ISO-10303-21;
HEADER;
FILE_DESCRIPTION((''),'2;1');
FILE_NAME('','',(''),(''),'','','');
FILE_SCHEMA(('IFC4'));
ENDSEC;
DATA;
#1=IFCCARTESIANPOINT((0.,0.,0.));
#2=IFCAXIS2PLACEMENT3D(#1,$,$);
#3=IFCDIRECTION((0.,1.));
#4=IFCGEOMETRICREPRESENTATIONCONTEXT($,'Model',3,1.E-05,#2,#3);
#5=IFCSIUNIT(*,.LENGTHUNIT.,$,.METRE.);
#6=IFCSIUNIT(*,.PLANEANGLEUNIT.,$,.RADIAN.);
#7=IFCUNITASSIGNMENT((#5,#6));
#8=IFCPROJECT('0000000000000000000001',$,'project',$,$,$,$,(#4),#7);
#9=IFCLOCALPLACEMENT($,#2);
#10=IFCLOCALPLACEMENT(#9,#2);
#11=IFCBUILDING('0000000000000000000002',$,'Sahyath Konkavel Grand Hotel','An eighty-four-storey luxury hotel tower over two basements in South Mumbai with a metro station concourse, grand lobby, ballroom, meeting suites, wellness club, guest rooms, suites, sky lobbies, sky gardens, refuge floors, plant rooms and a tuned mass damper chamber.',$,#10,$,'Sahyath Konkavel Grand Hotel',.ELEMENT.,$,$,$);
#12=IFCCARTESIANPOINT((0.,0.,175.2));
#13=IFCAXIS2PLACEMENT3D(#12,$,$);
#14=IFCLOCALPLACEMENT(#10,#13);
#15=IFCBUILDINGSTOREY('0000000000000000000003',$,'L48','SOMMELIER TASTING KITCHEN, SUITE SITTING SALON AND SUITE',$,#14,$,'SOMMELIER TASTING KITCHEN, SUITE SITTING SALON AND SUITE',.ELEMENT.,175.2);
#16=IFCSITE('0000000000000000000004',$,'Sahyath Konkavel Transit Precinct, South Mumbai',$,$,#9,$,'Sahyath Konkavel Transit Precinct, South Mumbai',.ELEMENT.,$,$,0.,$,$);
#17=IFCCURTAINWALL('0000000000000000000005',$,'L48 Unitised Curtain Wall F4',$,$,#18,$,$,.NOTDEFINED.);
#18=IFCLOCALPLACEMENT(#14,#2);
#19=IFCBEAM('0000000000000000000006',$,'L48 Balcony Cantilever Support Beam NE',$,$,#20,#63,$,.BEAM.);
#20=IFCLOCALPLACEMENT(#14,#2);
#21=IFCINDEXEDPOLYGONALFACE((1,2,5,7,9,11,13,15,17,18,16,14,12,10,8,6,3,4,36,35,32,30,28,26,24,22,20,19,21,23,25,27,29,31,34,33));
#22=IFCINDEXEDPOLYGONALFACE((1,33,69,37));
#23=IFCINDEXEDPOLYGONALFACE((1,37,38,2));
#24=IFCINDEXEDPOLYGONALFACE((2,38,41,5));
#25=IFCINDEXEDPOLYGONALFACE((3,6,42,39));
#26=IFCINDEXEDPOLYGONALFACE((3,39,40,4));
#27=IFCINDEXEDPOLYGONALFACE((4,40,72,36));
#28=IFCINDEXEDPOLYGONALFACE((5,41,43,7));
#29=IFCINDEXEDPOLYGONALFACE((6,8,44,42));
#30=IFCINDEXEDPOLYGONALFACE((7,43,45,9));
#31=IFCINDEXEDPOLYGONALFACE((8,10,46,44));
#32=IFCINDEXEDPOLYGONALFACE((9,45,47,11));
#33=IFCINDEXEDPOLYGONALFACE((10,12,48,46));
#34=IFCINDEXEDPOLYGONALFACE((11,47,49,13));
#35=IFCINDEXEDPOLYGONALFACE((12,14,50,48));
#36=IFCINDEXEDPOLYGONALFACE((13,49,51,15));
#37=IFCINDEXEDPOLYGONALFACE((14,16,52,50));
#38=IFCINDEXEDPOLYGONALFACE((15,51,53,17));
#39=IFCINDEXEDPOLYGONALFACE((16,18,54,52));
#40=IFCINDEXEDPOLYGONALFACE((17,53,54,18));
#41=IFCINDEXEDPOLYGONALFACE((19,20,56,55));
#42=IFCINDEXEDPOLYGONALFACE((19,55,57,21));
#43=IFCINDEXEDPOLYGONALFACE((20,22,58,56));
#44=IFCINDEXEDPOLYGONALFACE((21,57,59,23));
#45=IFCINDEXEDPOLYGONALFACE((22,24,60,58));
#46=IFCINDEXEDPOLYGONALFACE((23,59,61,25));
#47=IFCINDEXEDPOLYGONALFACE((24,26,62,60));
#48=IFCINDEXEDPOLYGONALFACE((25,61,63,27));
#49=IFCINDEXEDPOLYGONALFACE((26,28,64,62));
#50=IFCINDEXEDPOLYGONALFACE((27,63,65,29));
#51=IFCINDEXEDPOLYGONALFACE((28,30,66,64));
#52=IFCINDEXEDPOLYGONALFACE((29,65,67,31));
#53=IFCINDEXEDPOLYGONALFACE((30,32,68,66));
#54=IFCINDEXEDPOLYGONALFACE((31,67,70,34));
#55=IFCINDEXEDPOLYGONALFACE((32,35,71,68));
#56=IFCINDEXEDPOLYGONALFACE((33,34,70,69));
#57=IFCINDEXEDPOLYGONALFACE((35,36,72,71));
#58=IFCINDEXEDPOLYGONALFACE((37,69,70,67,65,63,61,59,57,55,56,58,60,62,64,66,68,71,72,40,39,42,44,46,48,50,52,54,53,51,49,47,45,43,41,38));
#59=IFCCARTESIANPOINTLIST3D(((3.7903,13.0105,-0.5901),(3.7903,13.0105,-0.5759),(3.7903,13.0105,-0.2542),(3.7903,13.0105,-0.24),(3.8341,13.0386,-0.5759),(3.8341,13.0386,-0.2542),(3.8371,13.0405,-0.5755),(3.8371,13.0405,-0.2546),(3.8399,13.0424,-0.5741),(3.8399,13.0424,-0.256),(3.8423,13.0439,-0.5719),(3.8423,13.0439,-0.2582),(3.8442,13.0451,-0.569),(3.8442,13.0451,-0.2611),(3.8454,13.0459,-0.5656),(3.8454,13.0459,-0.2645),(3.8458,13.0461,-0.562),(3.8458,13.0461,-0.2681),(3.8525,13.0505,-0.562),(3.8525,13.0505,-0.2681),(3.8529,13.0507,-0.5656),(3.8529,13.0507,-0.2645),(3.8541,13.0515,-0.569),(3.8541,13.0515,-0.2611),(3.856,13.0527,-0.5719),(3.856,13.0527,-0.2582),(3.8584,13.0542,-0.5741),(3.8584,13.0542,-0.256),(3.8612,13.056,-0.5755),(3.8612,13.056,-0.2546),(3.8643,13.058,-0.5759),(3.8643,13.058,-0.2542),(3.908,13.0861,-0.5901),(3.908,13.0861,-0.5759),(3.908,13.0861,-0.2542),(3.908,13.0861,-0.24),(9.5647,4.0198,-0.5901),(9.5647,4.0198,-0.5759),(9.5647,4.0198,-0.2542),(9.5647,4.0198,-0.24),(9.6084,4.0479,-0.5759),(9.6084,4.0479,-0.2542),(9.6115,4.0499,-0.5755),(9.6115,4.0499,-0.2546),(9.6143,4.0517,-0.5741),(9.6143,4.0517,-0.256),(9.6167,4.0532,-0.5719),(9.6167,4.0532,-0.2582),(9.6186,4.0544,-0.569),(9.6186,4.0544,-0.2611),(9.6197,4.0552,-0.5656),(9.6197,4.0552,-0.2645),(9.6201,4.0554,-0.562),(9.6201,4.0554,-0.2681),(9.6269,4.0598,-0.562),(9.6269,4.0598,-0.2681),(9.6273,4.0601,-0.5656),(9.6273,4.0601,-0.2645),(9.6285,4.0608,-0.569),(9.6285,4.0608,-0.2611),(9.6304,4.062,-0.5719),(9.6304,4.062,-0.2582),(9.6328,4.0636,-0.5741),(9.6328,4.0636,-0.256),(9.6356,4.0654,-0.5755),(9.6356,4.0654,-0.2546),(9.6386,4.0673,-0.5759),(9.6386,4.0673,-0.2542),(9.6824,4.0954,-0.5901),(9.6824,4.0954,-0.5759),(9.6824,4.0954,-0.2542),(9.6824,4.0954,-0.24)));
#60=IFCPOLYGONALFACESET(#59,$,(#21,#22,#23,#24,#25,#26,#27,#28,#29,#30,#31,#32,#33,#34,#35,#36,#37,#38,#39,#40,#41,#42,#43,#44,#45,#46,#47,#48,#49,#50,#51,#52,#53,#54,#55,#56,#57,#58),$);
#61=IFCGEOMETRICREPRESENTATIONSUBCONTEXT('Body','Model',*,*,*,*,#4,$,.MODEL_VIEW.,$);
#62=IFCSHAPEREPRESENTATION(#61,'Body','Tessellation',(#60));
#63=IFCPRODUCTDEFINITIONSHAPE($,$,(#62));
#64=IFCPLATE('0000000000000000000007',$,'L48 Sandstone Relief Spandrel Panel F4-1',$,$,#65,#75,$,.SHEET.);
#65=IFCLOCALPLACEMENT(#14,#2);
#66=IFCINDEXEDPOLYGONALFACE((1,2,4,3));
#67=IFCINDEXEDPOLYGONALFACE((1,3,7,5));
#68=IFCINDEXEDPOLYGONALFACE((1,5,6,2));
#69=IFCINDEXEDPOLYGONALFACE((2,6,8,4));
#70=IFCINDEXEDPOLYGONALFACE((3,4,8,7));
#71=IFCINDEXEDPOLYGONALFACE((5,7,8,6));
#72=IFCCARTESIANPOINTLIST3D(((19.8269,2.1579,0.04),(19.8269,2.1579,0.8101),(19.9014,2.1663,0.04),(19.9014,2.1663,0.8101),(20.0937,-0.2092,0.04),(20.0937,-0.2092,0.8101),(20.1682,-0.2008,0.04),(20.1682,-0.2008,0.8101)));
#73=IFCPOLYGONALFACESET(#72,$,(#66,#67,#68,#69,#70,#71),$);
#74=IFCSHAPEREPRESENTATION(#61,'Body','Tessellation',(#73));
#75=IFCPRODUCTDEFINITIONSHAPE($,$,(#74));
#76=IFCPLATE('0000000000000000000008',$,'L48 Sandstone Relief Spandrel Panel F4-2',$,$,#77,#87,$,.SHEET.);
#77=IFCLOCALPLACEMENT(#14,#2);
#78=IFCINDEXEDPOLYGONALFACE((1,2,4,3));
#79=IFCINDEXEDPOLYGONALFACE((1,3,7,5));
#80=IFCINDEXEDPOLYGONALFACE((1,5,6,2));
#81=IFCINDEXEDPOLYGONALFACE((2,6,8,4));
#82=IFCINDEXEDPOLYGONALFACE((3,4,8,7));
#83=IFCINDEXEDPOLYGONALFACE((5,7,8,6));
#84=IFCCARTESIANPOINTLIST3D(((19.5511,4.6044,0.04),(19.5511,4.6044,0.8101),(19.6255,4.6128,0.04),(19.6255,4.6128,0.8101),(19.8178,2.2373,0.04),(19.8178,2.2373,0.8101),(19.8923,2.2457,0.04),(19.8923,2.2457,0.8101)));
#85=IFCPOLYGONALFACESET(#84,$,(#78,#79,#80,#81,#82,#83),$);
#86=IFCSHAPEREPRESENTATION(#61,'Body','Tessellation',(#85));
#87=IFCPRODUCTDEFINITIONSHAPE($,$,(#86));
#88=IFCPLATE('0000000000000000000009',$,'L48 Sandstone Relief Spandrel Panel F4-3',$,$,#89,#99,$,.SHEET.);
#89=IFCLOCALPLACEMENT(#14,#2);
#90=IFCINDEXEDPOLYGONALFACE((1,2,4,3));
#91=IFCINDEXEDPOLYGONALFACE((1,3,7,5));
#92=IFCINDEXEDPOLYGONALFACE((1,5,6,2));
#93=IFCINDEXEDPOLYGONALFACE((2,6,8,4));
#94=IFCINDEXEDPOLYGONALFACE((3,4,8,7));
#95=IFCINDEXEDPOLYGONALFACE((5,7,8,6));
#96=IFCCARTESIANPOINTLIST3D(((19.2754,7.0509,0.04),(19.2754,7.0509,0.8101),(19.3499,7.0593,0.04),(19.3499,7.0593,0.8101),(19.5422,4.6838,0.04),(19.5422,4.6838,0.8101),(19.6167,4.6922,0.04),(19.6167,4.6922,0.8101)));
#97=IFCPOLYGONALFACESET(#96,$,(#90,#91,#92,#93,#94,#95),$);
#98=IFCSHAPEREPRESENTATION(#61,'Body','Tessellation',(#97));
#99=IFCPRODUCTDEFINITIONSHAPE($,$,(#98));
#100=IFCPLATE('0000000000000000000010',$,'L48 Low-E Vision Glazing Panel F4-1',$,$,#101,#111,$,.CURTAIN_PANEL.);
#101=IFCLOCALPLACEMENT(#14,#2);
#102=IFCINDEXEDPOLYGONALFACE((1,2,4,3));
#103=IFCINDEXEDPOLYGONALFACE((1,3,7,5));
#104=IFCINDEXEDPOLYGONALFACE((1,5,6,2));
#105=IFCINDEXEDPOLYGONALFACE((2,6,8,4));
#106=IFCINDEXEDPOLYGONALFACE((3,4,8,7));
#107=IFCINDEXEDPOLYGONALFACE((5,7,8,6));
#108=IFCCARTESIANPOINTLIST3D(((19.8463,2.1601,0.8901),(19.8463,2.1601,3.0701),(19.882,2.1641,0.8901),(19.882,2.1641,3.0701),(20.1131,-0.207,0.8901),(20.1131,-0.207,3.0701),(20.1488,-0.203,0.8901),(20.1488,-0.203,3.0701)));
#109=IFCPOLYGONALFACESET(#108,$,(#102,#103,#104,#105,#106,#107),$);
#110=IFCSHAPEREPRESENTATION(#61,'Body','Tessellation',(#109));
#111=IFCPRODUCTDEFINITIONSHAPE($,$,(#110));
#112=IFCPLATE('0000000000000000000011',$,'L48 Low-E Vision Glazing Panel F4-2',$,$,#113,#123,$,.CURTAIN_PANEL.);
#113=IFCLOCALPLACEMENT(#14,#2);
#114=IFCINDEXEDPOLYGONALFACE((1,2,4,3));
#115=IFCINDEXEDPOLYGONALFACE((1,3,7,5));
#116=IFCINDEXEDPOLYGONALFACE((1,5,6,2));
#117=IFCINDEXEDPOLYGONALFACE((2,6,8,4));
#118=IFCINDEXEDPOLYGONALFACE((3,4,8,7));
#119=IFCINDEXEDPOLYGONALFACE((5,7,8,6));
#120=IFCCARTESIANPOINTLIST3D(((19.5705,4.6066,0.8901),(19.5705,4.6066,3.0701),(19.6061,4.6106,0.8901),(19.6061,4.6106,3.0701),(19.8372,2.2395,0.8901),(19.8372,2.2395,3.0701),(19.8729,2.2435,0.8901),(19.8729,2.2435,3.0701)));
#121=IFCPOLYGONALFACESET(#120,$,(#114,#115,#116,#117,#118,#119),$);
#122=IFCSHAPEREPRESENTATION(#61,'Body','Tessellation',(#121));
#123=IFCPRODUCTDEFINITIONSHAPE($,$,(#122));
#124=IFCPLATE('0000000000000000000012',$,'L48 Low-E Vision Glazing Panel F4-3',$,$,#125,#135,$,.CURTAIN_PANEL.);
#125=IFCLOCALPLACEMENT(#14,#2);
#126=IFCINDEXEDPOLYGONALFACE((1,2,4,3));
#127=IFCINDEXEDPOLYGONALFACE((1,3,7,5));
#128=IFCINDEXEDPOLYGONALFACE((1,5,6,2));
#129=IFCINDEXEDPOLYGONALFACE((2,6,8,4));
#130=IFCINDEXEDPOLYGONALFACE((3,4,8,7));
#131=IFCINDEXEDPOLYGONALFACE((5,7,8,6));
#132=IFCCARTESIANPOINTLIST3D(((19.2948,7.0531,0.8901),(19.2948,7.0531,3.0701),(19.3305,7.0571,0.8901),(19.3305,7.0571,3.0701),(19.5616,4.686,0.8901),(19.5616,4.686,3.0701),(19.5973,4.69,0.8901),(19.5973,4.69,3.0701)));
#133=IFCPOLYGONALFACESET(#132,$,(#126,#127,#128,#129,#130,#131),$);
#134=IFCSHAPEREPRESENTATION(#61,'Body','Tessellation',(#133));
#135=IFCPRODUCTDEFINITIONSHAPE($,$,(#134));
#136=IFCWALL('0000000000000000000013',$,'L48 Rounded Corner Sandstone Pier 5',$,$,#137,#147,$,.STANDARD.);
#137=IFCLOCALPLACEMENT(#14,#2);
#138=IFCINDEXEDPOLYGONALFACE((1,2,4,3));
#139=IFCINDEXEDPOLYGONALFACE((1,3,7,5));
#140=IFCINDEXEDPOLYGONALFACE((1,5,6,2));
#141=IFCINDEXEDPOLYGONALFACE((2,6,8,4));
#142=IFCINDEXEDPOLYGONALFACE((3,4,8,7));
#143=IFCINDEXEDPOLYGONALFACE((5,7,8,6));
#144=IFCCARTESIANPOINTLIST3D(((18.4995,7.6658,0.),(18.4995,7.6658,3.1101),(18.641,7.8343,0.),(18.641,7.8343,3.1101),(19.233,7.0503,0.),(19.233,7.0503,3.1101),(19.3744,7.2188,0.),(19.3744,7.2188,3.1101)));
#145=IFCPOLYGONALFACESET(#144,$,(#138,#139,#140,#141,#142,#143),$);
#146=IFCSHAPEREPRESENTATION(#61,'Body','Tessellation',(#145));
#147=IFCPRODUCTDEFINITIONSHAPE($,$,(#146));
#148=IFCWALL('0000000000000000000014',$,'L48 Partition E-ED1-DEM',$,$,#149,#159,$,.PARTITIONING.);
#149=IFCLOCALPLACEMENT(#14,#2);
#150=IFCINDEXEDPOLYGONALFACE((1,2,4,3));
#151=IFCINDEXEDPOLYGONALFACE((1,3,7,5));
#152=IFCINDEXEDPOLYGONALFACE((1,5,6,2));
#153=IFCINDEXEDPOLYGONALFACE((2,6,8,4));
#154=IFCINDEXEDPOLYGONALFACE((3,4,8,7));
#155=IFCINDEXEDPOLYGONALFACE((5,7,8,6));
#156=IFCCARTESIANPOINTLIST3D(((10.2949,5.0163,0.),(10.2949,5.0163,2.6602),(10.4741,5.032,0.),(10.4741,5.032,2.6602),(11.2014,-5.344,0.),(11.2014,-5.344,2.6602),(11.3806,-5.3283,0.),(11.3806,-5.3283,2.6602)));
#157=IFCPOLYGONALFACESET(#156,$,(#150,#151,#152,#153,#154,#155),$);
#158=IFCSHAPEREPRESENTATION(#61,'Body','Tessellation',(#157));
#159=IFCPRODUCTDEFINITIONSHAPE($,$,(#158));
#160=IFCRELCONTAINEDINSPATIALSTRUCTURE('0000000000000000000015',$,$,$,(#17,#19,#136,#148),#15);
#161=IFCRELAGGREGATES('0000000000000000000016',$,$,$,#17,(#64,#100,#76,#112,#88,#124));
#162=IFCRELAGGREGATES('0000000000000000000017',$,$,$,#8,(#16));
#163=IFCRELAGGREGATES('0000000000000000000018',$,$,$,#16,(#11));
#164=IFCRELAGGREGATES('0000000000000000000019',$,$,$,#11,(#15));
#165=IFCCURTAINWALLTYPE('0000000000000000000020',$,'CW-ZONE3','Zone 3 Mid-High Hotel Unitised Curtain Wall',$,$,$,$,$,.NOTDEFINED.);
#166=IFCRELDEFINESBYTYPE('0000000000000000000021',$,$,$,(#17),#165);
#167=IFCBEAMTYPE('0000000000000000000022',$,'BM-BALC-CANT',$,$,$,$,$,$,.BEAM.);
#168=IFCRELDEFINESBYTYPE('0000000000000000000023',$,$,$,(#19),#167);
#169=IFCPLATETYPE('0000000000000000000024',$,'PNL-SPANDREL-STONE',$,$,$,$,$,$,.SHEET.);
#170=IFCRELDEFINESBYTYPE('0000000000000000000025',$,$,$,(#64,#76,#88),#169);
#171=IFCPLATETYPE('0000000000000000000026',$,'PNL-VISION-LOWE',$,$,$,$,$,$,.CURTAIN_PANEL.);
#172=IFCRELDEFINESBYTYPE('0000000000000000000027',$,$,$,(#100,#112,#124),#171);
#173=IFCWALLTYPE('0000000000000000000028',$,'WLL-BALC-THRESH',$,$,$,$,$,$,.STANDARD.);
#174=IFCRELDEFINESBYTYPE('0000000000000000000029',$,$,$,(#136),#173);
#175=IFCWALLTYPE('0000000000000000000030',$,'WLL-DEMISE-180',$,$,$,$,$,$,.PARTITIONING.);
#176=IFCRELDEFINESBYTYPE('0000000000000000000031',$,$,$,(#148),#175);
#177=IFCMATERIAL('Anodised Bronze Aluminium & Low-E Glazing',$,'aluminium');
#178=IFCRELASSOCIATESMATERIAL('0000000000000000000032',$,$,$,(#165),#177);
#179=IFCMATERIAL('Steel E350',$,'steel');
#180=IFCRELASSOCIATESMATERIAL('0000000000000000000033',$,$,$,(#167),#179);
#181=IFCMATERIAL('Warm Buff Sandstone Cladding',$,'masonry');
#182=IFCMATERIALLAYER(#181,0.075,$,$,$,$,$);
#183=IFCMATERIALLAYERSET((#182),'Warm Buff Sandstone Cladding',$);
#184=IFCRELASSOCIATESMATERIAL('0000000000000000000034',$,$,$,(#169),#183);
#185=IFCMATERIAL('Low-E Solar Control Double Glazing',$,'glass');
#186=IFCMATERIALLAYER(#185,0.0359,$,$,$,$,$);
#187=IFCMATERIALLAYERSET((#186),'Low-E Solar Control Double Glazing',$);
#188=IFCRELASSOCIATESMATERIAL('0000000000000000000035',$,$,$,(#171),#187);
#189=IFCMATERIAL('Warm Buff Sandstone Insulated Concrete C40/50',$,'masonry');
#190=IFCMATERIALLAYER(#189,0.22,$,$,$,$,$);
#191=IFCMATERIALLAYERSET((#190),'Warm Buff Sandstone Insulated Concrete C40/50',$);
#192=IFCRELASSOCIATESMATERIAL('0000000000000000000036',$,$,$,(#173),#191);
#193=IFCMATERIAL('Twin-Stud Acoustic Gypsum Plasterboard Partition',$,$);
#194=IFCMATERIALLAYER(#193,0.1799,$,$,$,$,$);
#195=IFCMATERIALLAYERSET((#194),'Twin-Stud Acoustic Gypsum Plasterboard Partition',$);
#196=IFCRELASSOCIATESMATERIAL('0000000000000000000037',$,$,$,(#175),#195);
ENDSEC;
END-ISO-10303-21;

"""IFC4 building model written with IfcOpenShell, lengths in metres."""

from ifc_helpers import new_model, si_unit, direction, frame, frame_2d, origin, origin_2d, place, context, subcontext, project, spatial, rectangle, i_section, extrude, source, transform, mapped, material, layer, layer_set, material_profile, profile_set, type_object, element, aggregate, save


model = new_model("IFC4")

# Units and contexts
model_context = context("Model", 3, precision=1e-05, world=origin(), true_north=direction((0.0, 1.0)))
body_context = subcontext(model_context, "Body", "Model", "MODEL_VIEW")
ifc_project = project(units=[si_unit("LENGTHUNIT", "METRE"), si_unit("PLANEANGLEUNIT", "RADIAN")], contexts=[model_context])

# Site, building, storey
site_placement = place(None, origin())
site = spatial("IfcSite", under=ifc_project, at=site_placement, Name="Sahyath Konkavel Transit Precinct, South Mumbai", LongName="Sahyath Konkavel Transit Precinct, South Mumbai", CompositionType="ELEMENT", RefElevation=0.0)
building_placement = place(site_placement, origin())
building = spatial("IfcBuilding", under=site, at=building_placement, Name="Sahyath Konkavel Grand Hotel", Description="An eighty-four-storey luxury hotel tower over two basements in South Mumbai with a metro station concourse, grand lobby, ballroom, meeting suites, wellness club, guest rooms, suites, sky lobbies, sky gardens, refuge floors, plant rooms and a tuned mass damper chamber.", LongName="Sahyath Konkavel Grand Hotel", CompositionType="ELEMENT")
storey_placement = place(building_placement, frame((0.0, 0.0, 175.2)))
storey = spatial("IfcBuildingStorey", under=building, at=storey_placement, Name="L48", Description="SOMMELIER TASTING KITCHEN, SUITE SITTING SALON AND SUITE", LongName="SOMMELIER TASTING KITCHEN, SUITE SITTING SALON AND SUITE", CompositionType="ELEMENT", Elevation=175.2)

# Shared definitions
ifc_material_1 = material(Name="Steel E350", Category="steel")

# Curtain wall
ifc_material_2 = material(Name="Anodised Bronze Aluminium & Low-E Glazing", Category="aluminium")
curtain_wall_type = type_object("IfcCurtainWallType", Name="CW-ZONE3", Description="Zone 3 Mid-High Hotel Unitised Curtain Wall", PredefinedType="NOTDEFINED", material=ifc_material_2)
curtain_wall_placement = place(storey_placement, origin())
curtain_wall = element("IfcCurtainWall", 1, at=curtain_wall_placement, inside=storey, type_object=curtain_wall_type, Name="L48 Unitised Curtain Wall F4", PredefinedType="NOTDEFINED")

# Beam
ifc_material_profile_1 = material_profile(ifc_material_1, i_section(OverallWidth=0.1399, OverallDepth=0.3501, WebThickness=0.0081, FlangeThickness=0.0142, FilletRadius=0.0139, at=origin_2d()), Name="ISMB 350")
ifc_profile_set_1 = profile_set([ifc_material_profile_1], Name="Steel E350")
beam_type_1 = type_object("IfcBeamType", Name="BM-BALC-CANT", PredefinedType="BEAM", material=ifc_profile_set_1)
shared_shape_1 = source(origin(), body_context, "Body", "SweptSolid", [
    extrude(i_section(OverallWidth=0.1399, OverallDepth=0.3501, WebThickness=0.0081, FlangeThickness=0.0142, FilletRadius=0.0139, at=origin_2d()), origin(), (0.0, 0.0, 1.0), 10.6853),
])
beam_1_placement = place(storey_placement, frame((9.6235, 4.0576, -0.415), z_axis=(-0.540404, 0.841406, 0.0), x_axis=(-0.841406, -0.540404, 0.0)))
element("IfcBeam", 2, at=beam_1_placement, inside=storey, type_object=beam_type_1, Name="L48 Balcony Cantilever Support Beam NE", PredefinedType="BEAM", context=body_context, shape_type="MappedRepresentation", body=[
    mapped(shared_shape_1, transform((0.0, 0.0, 0.0), scale=1.0)),
])

# Plates
ifc_material_3 = material(Name="Warm Buff Sandstone Cladding", Category="masonry")
ifc_layer_1 = layer(ifc_material_3, 0.075)
ifc_layer_set_1 = layer_set([ifc_layer_1], Name="Warm Buff Sandstone Cladding")
plate_type_1 = type_object("IfcPlateType", Name="PNL-SPANDREL-STONE", PredefinedType="SHEET", material=ifc_layer_set_1)
shared_shape_2 = source(origin(), body_context, "Body", "SweptSolid", [
    extrude(rectangle(XDim=2.3821, YDim=0.075, at=origin_2d()), origin(), (0.0, 0.0, 1.0), 0.77),
])
plate_1_placement = place(storey_placement, frame((19.9976, 0.9785, 0.04), z_axis=(0.0, 0.0, 1.0), x_axis=(-0.111989, 0.993709, 0.0)))
plate_1 = element("IfcPlate", 3, at=plate_1_placement, type_object=plate_type_1, Name="L48 Sandstone Relief Spandrel Panel F4-1", PredefinedType="SHEET", context=body_context, shape_type="MappedRepresentation", body=[
    mapped(shared_shape_2, transform((0.0, 0.0, 0.0), scale=1.0)),
])
plate_2_placement = place(storey_placement, frame((19.7217, 3.425, 0.04), z_axis=(0.0, 0.0, 1.0), x_axis=(-0.111989, 0.993709, 0.0)))
plate_2 = element("IfcPlate", 4, at=plate_2_placement, type_object=plate_type_1, Name="L48 Sandstone Relief Spandrel Panel F4-2", PredefinedType="SHEET", context=body_context, shape_type="MappedRepresentation", body=[
    mapped(shared_shape_2, transform((0.0, 0.0, 0.0), scale=1.0)),
])
plate_3_placement = place(storey_placement, frame((19.446, 5.8716, 0.04), z_axis=(0.0, 0.0, 1.0), x_axis=(-0.111989, 0.993709, 0.0)))
plate_3 = element("IfcPlate", 5, at=plate_3_placement, type_object=plate_type_1, Name="L48 Sandstone Relief Spandrel Panel F4-3", PredefinedType="SHEET", context=body_context, shape_type="MappedRepresentation", body=[
    mapped(shared_shape_2, transform((0.0, 0.0, 0.0), scale=1.0)),
])
ifc_material_4 = material(Name="Low-E Solar Control Double Glazing", Category="glass")
ifc_layer_2 = layer(ifc_material_4, 0.0359)
ifc_layer_set_2 = layer_set([ifc_layer_2], Name="Low-E Solar Control Double Glazing")
plate_type_2 = type_object("IfcPlateType", Name="PNL-VISION-LOWE", PredefinedType="CURTAIN_PANEL", material=ifc_layer_set_2)
shared_shape_3 = source(origin(), body_context, "Body", "SweptSolid", [
    extrude(rectangle(XDim=2.3821, YDim=0.0359, at=origin_2d()), origin(), (0.0, 0.0, 1.0), 2.1799),
])
plate_4_placement = place(storey_placement, frame((19.9976, 0.9785, 0.8901), z_axis=(0.0, 0.0, 1.0), x_axis=(-0.111989, 0.993709, 0.0)))
plate_4 = element("IfcPlate", 6, at=plate_4_placement, type_object=plate_type_2, Name="L48 Low-E Vision Glazing Panel F4-1", PredefinedType="CURTAIN_PANEL", context=body_context, shape_type="MappedRepresentation", body=[
    mapped(shared_shape_3, transform((0.0, 0.0, 0.0), scale=1.0)),
])
plate_5_placement = place(storey_placement, frame((19.7217, 3.425, 0.8901), z_axis=(0.0, 0.0, 1.0), x_axis=(-0.111989, 0.993709, 0.0)))
plate_5 = element("IfcPlate", 7, at=plate_5_placement, type_object=plate_type_2, Name="L48 Low-E Vision Glazing Panel F4-2", PredefinedType="CURTAIN_PANEL", context=body_context, shape_type="MappedRepresentation", body=[
    mapped(shared_shape_3, transform((0.0, 0.0, 0.0), scale=1.0)),
])
plate_6_placement = place(storey_placement, frame((19.446, 5.8716, 0.8901), z_axis=(0.0, 0.0, 1.0), x_axis=(-0.111989, 0.993709, 0.0)))
plate_6 = element("IfcPlate", 8, at=plate_6_placement, type_object=plate_type_2, Name="L48 Low-E Vision Glazing Panel F4-3", PredefinedType="CURTAIN_PANEL", context=body_context, shape_type="MappedRepresentation", body=[
    mapped(shared_shape_3, transform((0.0, 0.0, 0.0), scale=1.0)),
])
aggregate(curtain_wall, [plate_1, plate_4, plate_2, plate_5, plate_3, plate_6])

# Walls
ifc_material_5 = material(Name="Warm Buff Sandstone Insulated Concrete C40/50", Category="masonry")
ifc_layer_3 = layer(ifc_material_5, 0.22)
ifc_layer_set_3 = layer_set([ifc_layer_3], Name="Warm Buff Sandstone Insulated Concrete C40/50")
wall_type_1 = type_object("IfcWallType", Name="WLL-BALC-THRESH", PredefinedType="STANDARD", material=ifc_layer_set_3)
wall_1_placement = place(storey_placement, frame((19.3037, 7.1345, 0.0), z_axis=(0.0, 0.0, 1.0), x_axis=(-0.766001, 0.642839, 0.0)))
element("IfcWall", 9, at=wall_1_placement, inside=storey, type_object=wall_type_1, Name="L48 Rounded Corner Sandstone Pier 5", PredefinedType="STANDARD", context=body_context, shape_type="SweptSolid", body=[
    extrude(rectangle(XDim=0.9575, YDim=0.22, at=frame_2d((0.4788, 0.0))), origin(), (0.0, 0.0, 1.0), 3.1101),
])
ifc_material_6 = material(Name="Twin-Stud Acoustic Gypsum Plasterboard Partition")
ifc_layer_4 = layer(ifc_material_6, 0.1799)
ifc_layer_set_4 = layer_set([ifc_layer_4], Name="Twin-Stud Acoustic Gypsum Plasterboard Partition")
wall_type_2 = type_object("IfcWallType", Name="WLL-DEMISE-180", PredefinedType="PARTITIONING", material=ifc_layer_set_4)
wall_2_placement = place(storey_placement, frame((10.3845, 5.0242, 0.0), z_axis=(0.0, 0.0, 1.0), x_axis=(0.087163, -0.996194, 0.0)))
element("IfcWall", 10, at=wall_2_placement, inside=storey, type_object=wall_type_2, Name="L48 Partition E-ED1-DEM", PredefinedType="PARTITIONING", context=body_context, shape_type="SweptSolid", body=[
    extrude(rectangle(XDim=10.3999, YDim=0.1799, at=frame_2d((5.2, 0.0))), origin(), (0.0, 0.0, 1.0), 2.6602),
])

save(model, "model.ifc")
